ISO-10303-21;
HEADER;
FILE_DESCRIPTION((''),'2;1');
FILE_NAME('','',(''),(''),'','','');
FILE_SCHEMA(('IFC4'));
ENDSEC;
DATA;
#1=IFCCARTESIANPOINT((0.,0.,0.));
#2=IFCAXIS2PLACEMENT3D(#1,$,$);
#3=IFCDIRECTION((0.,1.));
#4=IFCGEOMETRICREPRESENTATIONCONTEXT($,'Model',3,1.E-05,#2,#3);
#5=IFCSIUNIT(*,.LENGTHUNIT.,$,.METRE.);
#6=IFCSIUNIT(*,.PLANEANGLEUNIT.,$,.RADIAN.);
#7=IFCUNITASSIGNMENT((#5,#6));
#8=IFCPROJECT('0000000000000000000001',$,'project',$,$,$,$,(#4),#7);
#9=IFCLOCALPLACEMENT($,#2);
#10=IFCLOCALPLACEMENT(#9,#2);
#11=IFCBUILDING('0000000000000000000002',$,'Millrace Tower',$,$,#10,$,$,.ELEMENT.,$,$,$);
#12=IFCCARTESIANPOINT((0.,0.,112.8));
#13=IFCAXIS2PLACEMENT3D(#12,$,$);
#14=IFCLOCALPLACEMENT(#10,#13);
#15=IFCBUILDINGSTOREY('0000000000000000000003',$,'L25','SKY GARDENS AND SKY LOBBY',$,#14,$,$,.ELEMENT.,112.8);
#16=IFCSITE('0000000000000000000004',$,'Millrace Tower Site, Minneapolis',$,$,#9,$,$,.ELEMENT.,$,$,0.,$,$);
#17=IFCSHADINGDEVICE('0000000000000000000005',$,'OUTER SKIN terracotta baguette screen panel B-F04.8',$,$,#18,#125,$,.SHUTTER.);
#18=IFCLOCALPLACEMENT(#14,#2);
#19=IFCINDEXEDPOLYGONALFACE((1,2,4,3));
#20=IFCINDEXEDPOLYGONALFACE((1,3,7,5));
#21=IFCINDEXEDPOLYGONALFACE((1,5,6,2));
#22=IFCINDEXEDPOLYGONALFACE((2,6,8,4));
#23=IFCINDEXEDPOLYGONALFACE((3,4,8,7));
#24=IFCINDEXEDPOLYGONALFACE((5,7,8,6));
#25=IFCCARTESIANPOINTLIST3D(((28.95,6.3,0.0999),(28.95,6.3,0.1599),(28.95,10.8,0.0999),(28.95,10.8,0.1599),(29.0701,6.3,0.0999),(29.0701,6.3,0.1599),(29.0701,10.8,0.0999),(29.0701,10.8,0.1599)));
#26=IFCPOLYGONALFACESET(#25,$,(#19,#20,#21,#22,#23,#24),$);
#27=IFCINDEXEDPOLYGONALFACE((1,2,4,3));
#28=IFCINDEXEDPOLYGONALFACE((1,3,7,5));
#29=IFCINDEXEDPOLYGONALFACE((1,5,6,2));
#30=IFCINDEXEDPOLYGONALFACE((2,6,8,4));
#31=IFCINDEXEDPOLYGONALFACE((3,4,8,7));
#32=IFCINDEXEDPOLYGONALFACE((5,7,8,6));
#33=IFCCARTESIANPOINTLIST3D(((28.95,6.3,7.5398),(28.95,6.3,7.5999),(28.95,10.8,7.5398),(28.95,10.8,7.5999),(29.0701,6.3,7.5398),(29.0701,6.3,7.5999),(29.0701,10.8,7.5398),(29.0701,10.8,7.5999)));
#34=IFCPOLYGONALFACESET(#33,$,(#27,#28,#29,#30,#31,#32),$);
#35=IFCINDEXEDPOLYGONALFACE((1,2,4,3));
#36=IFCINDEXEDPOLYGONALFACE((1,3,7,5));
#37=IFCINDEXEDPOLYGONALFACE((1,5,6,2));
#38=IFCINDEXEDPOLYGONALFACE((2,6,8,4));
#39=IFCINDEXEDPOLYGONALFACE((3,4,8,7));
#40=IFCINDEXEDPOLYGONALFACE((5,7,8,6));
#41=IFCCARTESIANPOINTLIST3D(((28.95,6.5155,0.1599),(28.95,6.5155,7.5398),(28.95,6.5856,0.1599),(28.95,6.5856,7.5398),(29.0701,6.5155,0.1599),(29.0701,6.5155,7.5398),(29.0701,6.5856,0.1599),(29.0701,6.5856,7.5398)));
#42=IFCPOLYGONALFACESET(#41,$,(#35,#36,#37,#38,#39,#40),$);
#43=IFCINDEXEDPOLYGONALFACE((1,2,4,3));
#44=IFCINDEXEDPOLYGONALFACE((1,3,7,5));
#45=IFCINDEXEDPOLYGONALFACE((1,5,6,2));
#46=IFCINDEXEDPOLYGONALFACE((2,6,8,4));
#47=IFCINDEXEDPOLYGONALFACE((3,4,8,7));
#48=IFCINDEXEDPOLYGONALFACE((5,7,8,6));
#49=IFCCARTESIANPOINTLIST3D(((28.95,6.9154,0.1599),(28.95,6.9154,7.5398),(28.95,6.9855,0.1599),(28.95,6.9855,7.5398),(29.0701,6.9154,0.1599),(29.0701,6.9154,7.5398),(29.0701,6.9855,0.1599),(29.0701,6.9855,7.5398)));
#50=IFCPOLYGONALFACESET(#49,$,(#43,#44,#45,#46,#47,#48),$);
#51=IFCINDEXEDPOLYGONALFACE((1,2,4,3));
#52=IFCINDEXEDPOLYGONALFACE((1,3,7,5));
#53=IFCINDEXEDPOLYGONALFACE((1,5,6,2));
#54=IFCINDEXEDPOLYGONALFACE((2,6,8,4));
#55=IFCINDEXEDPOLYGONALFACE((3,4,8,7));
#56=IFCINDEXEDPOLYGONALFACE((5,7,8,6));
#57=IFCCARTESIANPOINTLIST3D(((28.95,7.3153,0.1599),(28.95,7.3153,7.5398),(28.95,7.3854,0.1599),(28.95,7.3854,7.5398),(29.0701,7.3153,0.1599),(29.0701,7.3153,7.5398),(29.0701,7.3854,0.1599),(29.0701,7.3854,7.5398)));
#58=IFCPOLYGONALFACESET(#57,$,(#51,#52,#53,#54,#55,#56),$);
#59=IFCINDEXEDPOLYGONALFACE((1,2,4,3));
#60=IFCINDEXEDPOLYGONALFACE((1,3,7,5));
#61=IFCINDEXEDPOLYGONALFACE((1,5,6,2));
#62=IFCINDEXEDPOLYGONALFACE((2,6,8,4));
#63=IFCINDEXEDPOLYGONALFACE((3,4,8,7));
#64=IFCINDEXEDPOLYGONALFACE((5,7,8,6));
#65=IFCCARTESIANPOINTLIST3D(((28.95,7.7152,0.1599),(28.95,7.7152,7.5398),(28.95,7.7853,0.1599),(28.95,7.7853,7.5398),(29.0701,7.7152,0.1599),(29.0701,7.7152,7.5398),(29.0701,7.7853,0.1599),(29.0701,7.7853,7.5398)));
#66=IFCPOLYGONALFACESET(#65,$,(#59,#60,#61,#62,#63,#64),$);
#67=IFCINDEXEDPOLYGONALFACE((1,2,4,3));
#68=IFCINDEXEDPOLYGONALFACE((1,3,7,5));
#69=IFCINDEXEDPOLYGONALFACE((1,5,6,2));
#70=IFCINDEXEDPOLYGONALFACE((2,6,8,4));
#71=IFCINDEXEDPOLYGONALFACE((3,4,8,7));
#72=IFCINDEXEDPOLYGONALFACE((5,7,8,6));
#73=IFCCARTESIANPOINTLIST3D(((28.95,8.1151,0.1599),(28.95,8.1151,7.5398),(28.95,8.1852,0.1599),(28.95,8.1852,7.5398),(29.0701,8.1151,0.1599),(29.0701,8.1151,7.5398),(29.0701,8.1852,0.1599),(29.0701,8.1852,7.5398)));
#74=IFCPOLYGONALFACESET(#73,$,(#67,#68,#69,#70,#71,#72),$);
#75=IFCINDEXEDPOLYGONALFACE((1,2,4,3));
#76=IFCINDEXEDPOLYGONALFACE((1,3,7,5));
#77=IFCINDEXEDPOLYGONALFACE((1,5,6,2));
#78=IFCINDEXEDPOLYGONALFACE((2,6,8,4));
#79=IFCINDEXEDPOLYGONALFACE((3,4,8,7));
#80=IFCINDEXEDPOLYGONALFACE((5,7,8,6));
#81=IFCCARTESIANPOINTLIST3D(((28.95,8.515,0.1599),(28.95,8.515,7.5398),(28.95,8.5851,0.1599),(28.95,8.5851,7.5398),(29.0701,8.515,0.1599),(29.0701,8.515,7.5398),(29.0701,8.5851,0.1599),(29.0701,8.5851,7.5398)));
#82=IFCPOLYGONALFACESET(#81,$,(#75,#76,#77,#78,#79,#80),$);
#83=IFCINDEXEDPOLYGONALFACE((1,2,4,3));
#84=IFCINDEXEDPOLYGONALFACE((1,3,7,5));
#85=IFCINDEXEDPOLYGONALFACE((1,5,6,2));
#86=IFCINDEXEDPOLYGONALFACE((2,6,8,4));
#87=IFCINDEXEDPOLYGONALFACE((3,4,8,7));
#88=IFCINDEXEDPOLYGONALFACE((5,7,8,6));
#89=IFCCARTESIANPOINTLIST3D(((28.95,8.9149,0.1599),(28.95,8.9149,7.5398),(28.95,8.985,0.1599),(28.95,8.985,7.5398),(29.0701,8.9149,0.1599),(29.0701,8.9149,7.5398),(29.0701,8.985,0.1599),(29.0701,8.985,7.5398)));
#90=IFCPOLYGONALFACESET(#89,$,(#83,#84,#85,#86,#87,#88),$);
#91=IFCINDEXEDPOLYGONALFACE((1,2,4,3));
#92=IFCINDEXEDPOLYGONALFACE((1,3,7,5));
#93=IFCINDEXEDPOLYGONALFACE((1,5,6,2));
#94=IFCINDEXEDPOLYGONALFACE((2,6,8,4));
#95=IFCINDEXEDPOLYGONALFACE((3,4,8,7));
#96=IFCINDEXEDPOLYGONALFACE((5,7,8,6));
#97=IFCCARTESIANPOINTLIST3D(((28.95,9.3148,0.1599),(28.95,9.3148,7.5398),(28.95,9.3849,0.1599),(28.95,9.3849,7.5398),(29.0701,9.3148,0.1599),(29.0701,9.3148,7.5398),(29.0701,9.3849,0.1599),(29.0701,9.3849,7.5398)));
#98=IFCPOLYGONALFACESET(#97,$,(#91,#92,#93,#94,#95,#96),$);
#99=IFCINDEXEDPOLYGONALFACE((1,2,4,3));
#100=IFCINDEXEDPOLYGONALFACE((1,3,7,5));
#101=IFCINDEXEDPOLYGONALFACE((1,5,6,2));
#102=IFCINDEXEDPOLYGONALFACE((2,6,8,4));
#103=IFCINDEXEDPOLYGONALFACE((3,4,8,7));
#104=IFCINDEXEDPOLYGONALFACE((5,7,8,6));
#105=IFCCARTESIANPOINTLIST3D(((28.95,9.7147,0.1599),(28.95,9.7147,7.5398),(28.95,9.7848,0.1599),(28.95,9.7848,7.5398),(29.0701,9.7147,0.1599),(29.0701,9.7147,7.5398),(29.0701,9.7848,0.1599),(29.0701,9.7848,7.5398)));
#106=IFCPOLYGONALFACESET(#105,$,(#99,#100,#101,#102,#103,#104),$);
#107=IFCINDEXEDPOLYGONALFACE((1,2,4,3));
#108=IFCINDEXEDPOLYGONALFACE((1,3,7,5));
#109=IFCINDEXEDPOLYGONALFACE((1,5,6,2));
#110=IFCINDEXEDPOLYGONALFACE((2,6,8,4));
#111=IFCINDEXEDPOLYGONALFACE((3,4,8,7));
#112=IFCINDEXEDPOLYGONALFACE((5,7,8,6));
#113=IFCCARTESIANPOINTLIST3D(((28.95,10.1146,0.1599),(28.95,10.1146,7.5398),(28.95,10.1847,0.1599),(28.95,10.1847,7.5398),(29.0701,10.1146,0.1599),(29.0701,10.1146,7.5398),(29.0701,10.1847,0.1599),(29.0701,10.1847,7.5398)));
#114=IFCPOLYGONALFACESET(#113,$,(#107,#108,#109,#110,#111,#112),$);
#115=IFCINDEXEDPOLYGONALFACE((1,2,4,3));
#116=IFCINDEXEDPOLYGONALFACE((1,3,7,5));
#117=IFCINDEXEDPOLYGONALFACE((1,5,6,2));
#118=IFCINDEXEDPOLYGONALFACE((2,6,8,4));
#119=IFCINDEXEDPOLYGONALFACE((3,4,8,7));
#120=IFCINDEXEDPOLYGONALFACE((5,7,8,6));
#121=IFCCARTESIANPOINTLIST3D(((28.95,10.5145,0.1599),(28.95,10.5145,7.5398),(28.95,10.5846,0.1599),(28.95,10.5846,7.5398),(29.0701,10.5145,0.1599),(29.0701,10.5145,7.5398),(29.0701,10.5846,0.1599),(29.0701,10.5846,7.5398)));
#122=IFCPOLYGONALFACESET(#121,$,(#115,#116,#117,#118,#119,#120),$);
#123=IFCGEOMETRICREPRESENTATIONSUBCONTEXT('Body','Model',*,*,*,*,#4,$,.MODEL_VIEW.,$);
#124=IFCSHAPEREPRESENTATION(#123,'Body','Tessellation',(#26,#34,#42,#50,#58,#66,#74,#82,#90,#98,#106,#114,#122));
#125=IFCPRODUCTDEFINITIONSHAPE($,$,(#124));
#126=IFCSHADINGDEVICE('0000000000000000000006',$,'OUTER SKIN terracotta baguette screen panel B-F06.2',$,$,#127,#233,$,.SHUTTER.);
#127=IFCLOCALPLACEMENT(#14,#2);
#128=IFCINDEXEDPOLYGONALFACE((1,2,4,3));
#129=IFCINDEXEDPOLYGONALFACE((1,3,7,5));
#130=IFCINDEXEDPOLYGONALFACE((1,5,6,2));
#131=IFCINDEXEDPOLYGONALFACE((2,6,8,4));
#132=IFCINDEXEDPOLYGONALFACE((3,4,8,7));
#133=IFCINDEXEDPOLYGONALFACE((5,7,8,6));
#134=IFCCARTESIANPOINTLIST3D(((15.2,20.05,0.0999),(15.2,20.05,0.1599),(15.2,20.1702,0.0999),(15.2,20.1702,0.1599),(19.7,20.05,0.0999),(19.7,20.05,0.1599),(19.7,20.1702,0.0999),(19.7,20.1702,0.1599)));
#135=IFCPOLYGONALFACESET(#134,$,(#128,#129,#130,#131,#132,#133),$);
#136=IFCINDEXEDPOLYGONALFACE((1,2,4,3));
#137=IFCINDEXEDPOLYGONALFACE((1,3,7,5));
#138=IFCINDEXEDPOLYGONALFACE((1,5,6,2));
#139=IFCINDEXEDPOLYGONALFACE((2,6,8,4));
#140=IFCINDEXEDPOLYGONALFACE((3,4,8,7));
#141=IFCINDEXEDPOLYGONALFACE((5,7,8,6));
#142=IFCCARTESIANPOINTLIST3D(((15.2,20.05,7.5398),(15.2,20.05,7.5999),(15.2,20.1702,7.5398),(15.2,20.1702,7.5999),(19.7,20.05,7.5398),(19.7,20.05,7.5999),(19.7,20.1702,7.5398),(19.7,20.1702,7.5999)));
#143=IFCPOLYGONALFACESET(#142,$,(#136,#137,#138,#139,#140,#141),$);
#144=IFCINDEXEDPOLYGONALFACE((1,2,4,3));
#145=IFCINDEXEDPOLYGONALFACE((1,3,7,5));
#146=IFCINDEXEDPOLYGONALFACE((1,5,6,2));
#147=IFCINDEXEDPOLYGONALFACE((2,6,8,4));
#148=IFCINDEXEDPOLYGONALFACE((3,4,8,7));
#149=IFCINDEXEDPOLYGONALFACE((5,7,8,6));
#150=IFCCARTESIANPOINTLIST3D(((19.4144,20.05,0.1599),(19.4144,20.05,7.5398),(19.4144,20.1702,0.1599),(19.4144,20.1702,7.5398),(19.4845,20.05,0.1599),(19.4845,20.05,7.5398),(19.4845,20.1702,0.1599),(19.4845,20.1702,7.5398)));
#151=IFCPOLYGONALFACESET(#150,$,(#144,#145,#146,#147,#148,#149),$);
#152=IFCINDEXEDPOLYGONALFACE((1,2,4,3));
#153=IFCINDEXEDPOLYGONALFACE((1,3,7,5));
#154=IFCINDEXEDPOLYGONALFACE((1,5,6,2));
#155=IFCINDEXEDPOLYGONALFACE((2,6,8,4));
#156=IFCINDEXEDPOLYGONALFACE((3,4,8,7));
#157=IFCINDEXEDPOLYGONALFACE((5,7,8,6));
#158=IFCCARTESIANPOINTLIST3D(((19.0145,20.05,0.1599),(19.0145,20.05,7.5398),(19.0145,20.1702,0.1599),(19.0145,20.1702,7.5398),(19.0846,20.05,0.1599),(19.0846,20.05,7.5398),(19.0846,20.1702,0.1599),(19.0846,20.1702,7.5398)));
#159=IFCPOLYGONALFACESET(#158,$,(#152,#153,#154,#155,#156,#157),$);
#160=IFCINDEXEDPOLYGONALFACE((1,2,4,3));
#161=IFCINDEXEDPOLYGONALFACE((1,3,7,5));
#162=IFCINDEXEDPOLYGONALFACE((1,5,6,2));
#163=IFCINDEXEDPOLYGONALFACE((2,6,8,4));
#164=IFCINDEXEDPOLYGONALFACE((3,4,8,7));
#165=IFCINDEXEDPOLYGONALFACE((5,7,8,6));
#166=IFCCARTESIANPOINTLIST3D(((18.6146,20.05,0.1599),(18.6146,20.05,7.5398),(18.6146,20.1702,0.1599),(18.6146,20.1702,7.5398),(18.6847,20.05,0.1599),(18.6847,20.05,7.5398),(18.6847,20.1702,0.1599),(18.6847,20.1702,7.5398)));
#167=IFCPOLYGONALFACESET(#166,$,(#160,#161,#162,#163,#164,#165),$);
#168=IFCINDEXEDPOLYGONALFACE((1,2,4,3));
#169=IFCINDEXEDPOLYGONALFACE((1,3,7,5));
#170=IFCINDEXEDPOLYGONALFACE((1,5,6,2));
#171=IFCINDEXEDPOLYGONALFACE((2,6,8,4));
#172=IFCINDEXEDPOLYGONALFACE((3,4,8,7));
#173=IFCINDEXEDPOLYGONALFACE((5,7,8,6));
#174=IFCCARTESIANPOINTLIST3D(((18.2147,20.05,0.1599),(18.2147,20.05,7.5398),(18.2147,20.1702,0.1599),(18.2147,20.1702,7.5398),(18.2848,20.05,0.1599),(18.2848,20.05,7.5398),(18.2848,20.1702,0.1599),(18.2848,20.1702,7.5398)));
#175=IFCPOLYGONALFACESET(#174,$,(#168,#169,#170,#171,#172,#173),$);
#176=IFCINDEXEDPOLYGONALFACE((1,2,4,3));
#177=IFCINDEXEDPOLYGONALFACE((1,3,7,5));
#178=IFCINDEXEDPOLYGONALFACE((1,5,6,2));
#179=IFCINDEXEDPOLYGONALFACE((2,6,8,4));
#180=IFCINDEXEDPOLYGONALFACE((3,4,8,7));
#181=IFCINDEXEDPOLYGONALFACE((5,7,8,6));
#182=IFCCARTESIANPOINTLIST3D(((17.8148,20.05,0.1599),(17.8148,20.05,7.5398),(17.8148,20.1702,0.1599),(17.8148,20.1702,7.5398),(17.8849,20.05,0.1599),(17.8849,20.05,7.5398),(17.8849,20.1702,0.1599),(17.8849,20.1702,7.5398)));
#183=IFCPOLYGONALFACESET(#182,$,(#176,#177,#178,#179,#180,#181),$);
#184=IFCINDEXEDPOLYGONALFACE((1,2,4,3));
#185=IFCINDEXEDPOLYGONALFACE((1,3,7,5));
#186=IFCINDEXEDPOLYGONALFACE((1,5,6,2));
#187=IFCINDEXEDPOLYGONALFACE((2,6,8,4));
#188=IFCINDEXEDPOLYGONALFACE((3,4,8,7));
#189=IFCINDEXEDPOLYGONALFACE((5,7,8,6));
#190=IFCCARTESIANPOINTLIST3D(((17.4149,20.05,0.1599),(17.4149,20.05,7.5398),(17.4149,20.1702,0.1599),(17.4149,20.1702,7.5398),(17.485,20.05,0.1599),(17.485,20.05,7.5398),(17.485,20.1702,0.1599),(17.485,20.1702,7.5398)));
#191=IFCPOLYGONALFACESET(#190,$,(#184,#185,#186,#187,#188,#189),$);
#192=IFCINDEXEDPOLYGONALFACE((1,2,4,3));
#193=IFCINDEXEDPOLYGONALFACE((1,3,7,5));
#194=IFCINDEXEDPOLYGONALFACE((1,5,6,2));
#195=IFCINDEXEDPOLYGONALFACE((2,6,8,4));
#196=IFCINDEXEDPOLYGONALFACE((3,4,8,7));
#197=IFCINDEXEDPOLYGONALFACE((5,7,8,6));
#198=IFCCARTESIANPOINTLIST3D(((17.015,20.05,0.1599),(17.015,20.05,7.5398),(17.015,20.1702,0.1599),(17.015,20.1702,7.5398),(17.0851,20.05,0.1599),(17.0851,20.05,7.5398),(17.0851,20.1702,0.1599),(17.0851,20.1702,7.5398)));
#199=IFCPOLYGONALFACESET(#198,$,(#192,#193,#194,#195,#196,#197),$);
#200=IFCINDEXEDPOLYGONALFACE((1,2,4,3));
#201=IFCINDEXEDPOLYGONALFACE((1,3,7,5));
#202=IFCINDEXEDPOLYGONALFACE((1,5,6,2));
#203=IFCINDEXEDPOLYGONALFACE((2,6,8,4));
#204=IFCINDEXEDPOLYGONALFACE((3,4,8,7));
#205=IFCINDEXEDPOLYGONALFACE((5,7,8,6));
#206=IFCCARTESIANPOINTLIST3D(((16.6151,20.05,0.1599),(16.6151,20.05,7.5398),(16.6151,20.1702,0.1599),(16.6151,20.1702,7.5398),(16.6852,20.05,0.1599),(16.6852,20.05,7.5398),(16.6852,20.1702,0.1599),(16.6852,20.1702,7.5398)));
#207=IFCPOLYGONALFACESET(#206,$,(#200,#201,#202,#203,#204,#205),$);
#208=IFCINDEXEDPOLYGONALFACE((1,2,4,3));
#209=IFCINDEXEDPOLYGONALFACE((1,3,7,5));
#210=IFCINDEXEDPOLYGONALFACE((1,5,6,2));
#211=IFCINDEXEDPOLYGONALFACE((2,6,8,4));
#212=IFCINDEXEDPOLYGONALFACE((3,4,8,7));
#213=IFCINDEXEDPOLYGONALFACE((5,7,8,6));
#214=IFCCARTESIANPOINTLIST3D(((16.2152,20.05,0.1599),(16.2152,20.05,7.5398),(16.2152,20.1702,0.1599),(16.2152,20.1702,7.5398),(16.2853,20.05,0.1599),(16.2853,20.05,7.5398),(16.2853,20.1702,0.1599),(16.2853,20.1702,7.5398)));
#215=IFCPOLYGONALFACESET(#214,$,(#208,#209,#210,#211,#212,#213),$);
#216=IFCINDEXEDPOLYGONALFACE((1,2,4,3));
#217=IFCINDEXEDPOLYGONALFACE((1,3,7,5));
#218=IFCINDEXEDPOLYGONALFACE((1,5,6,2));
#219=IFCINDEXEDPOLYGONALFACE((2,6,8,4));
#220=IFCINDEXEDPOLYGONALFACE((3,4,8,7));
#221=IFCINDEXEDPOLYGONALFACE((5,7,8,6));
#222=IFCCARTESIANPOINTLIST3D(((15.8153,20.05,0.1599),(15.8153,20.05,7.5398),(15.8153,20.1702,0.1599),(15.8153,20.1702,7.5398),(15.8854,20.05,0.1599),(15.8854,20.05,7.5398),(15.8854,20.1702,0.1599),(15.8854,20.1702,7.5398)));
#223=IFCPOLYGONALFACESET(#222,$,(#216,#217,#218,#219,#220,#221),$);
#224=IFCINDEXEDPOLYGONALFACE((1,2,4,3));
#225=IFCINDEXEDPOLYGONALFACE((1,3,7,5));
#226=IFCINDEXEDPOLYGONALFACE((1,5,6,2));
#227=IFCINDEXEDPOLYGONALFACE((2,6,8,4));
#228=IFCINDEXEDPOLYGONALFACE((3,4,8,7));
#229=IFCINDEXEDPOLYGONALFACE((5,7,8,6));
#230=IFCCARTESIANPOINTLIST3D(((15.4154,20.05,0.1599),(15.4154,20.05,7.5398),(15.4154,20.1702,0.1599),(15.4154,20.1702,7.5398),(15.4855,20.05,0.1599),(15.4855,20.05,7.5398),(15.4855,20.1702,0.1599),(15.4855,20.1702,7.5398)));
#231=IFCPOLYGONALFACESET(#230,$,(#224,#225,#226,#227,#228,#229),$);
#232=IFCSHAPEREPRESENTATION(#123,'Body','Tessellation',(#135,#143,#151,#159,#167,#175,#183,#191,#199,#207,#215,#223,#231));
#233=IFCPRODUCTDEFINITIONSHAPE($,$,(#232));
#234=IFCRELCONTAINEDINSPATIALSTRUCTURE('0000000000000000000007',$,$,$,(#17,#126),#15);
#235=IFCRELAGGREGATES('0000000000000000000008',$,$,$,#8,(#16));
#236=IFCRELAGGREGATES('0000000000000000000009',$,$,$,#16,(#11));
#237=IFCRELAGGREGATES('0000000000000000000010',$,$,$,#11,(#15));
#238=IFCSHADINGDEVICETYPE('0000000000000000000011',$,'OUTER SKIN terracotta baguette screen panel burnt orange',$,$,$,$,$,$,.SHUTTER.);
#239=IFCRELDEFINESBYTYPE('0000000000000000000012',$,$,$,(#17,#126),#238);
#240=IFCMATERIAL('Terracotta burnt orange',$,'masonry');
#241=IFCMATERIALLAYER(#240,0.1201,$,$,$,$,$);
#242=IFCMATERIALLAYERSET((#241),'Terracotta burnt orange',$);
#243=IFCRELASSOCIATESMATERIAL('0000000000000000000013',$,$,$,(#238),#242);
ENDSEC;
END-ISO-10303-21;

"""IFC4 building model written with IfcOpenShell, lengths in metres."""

from ifc_helpers import new_model, entity, si_unit, direction, frame, frame_2d, origin, origin_2d, place, context, subcontext, project, spatial, rectangle, extrude, source, transform, mapped, material, layer, layer_set, type_object, element, save


model = new_model("IFC4")

# Units and contexts
model_context = context("Model", 3, precision=1e-05, world=origin(), true_north=direction((0.0, 1.0)))
body_context = subcontext(model_context, "Body", "Model", "MODEL_VIEW")
ifc_project = project(units=[si_unit("LENGTHUNIT", "METRE"), si_unit("PLANEANGLEUNIT", "RADIAN")], contexts=[model_context])

# Site, building, storey
site_placement = place(None, origin())
site = spatial("IfcSite", under=ifc_project, at=site_placement, Name="Millrace Tower Site, Minneapolis", CompositionType="ELEMENT", RefElevation=0.0)
building_placement = place(site_placement, origin())
building = spatial("IfcBuilding", under=site, at=building_placement, Name="Millrace Tower", CompositionType="ELEMENT")
storey_placement = place(building_placement, frame((0.0, 0.0, 112.8)))
storey = spatial("IfcBuildingStorey", under=building, at=storey_placement, Name="L25", Description="SKY GARDENS AND SKY LOBBY", CompositionType="ELEMENT", Elevation=112.8)

# Shading devices
ifc_material_1 = material(Name="Terracotta burnt orange", Category="masonry")
ifc_layer_1 = layer(ifc_material_1, 0.1201)
ifc_layer_set_1 = layer_set([ifc_layer_1], Name="Terracotta burnt orange")
shading_device_type = type_object("IfcShadingDeviceType", Name="OUTER SKIN terracotta baguette screen panel burnt orange", PredefinedType="SHUTTER", material=ifc_layer_set_1)
cartesian_point_1 = entity("IfcCartesianPoint", [-2.25, 0.0601])
shared_polyline_1 = entity("IfcPolyline", [cartesian_point_1, entity("IfcCartesianPoint", [2.25, 0.0601]), entity("IfcCartesianPoint", [2.25, -0.0601]), entity("IfcCartesianPoint", [-2.25, -0.0601]), cartesian_point_1])
shared_shape_1 = source(origin(), body_context, "Body", "SweptSolid", [
    entity("IfcExtrudedAreaSolid", entity("IfcArbitraryClosedProfileDef", "AREA", None, shared_polyline_1), entity("IfcAxis2Placement3D", entity("IfcCartesianPoint", [0.0, 0.0, 0.0])), entity("IfcDirection", [0.0, 0.0, 1.0]), 0.0601),
    entity("IfcExtrudedAreaSolid", entity("IfcArbitraryClosedProfileDef", "AREA", None, shared_polyline_1), entity("IfcAxis2Placement3D", entity("IfcCartesianPoint", [0.0, 0.0, 7.4399])), entity("IfcDirection", [0.0, 0.0, 1.0]), 0.0601),
    extrude(rectangle(XDim=0.0701, YDim=0.1201, at=frame_2d((-1.9995, 0.0))), frame((0.0, 0.0, 0.0601)), (0.0, 0.0, 1.0), 7.3799),
    extrude(rectangle(XDim=0.0701, YDim=0.1201, at=frame_2d((-1.5996, 0.0))), frame((0.0, 0.0, 0.0601)), (0.0, 0.0, 1.0), 7.3799),
    extrude(rectangle(XDim=0.0701, YDim=0.1201, at=frame_2d((-1.1997, 0.0))), frame((0.0, 0.0, 0.0601)), (0.0, 0.0, 1.0), 7.3799),
    extrude(rectangle(XDim=0.0701, YDim=0.1201, at=frame_2d((-0.7998, 0.0))), frame((0.0, 0.0, 0.0601)), (0.0, 0.0, 1.0), 7.3799),
    extrude(rectangle(XDim=0.0701, YDim=0.1201, at=frame_2d((-0.3999, 0.0))), frame((0.0, 0.0, 0.0601)), (0.0, 0.0, 1.0), 7.3799),
    extrude(rectangle(XDim=0.0701, YDim=0.1201, at=origin_2d()), frame((0.0, 0.0, 0.0601)), (0.0, 0.0, 1.0), 7.3799),
    extrude(rectangle(XDim=0.0701, YDim=0.1201, at=frame_2d((0.3999, 0.0))), frame((0.0, 0.0, 0.0601)), (0.0, 0.0, 1.0), 7.3799),
    extrude(rectangle(XDim=0.0701, YDim=0.1201, at=frame_2d((0.7998, 0.0))), frame((0.0, 0.0, 0.0601)), (0.0, 0.0, 1.0), 7.3799),
    extrude(rectangle(XDim=0.0701, YDim=0.1201, at=frame_2d((1.1997, 0.0))), frame((0.0, 0.0, 0.0601)), (0.0, 0.0, 1.0), 7.3799),
    extrude(rectangle(XDim=0.0701, YDim=0.1201, at=frame_2d((1.5996, 0.0))), frame((0.0, 0.0, 0.0601)), (0.0, 0.0, 1.0), 7.3799),
    extrude(rectangle(XDim=0.0701, YDim=0.1201, at=frame_2d((1.9995, 0.0))), frame((0.0, 0.0, 0.0601)), (0.0, 0.0, 1.0), 7.3799),
])
for number, where, z_axis, x_axis, name in (
    (1, (29.01, 8.55, 0.0999), (0.0, 0.0, 1.0), (0.0, 1.0, 0.0), "OUTER SKIN terracotta baguette screen panel B-F04.8"),
    (2, (17.45, 20.1101, 0.0999), (0.0, 0.0, 1.0), (-1.0, 0.0, 0.0), "OUTER SKIN terracotta baguette screen panel B-F06.2"),
):
    element("IfcShadingDevice", number, at=place(storey_placement, frame(where, z_axis=z_axis, x_axis=x_axis)), inside=storey, type_object=shading_device_type, Name=name, PredefinedType="SHUTTER", context=body_context, shape_type="MappedRepresentation", body=[
        mapped(shared_shape_1, transform((0.0, 0.0, 0.0), scale=1.0)),
    ])

save(model, "model.ifc")
